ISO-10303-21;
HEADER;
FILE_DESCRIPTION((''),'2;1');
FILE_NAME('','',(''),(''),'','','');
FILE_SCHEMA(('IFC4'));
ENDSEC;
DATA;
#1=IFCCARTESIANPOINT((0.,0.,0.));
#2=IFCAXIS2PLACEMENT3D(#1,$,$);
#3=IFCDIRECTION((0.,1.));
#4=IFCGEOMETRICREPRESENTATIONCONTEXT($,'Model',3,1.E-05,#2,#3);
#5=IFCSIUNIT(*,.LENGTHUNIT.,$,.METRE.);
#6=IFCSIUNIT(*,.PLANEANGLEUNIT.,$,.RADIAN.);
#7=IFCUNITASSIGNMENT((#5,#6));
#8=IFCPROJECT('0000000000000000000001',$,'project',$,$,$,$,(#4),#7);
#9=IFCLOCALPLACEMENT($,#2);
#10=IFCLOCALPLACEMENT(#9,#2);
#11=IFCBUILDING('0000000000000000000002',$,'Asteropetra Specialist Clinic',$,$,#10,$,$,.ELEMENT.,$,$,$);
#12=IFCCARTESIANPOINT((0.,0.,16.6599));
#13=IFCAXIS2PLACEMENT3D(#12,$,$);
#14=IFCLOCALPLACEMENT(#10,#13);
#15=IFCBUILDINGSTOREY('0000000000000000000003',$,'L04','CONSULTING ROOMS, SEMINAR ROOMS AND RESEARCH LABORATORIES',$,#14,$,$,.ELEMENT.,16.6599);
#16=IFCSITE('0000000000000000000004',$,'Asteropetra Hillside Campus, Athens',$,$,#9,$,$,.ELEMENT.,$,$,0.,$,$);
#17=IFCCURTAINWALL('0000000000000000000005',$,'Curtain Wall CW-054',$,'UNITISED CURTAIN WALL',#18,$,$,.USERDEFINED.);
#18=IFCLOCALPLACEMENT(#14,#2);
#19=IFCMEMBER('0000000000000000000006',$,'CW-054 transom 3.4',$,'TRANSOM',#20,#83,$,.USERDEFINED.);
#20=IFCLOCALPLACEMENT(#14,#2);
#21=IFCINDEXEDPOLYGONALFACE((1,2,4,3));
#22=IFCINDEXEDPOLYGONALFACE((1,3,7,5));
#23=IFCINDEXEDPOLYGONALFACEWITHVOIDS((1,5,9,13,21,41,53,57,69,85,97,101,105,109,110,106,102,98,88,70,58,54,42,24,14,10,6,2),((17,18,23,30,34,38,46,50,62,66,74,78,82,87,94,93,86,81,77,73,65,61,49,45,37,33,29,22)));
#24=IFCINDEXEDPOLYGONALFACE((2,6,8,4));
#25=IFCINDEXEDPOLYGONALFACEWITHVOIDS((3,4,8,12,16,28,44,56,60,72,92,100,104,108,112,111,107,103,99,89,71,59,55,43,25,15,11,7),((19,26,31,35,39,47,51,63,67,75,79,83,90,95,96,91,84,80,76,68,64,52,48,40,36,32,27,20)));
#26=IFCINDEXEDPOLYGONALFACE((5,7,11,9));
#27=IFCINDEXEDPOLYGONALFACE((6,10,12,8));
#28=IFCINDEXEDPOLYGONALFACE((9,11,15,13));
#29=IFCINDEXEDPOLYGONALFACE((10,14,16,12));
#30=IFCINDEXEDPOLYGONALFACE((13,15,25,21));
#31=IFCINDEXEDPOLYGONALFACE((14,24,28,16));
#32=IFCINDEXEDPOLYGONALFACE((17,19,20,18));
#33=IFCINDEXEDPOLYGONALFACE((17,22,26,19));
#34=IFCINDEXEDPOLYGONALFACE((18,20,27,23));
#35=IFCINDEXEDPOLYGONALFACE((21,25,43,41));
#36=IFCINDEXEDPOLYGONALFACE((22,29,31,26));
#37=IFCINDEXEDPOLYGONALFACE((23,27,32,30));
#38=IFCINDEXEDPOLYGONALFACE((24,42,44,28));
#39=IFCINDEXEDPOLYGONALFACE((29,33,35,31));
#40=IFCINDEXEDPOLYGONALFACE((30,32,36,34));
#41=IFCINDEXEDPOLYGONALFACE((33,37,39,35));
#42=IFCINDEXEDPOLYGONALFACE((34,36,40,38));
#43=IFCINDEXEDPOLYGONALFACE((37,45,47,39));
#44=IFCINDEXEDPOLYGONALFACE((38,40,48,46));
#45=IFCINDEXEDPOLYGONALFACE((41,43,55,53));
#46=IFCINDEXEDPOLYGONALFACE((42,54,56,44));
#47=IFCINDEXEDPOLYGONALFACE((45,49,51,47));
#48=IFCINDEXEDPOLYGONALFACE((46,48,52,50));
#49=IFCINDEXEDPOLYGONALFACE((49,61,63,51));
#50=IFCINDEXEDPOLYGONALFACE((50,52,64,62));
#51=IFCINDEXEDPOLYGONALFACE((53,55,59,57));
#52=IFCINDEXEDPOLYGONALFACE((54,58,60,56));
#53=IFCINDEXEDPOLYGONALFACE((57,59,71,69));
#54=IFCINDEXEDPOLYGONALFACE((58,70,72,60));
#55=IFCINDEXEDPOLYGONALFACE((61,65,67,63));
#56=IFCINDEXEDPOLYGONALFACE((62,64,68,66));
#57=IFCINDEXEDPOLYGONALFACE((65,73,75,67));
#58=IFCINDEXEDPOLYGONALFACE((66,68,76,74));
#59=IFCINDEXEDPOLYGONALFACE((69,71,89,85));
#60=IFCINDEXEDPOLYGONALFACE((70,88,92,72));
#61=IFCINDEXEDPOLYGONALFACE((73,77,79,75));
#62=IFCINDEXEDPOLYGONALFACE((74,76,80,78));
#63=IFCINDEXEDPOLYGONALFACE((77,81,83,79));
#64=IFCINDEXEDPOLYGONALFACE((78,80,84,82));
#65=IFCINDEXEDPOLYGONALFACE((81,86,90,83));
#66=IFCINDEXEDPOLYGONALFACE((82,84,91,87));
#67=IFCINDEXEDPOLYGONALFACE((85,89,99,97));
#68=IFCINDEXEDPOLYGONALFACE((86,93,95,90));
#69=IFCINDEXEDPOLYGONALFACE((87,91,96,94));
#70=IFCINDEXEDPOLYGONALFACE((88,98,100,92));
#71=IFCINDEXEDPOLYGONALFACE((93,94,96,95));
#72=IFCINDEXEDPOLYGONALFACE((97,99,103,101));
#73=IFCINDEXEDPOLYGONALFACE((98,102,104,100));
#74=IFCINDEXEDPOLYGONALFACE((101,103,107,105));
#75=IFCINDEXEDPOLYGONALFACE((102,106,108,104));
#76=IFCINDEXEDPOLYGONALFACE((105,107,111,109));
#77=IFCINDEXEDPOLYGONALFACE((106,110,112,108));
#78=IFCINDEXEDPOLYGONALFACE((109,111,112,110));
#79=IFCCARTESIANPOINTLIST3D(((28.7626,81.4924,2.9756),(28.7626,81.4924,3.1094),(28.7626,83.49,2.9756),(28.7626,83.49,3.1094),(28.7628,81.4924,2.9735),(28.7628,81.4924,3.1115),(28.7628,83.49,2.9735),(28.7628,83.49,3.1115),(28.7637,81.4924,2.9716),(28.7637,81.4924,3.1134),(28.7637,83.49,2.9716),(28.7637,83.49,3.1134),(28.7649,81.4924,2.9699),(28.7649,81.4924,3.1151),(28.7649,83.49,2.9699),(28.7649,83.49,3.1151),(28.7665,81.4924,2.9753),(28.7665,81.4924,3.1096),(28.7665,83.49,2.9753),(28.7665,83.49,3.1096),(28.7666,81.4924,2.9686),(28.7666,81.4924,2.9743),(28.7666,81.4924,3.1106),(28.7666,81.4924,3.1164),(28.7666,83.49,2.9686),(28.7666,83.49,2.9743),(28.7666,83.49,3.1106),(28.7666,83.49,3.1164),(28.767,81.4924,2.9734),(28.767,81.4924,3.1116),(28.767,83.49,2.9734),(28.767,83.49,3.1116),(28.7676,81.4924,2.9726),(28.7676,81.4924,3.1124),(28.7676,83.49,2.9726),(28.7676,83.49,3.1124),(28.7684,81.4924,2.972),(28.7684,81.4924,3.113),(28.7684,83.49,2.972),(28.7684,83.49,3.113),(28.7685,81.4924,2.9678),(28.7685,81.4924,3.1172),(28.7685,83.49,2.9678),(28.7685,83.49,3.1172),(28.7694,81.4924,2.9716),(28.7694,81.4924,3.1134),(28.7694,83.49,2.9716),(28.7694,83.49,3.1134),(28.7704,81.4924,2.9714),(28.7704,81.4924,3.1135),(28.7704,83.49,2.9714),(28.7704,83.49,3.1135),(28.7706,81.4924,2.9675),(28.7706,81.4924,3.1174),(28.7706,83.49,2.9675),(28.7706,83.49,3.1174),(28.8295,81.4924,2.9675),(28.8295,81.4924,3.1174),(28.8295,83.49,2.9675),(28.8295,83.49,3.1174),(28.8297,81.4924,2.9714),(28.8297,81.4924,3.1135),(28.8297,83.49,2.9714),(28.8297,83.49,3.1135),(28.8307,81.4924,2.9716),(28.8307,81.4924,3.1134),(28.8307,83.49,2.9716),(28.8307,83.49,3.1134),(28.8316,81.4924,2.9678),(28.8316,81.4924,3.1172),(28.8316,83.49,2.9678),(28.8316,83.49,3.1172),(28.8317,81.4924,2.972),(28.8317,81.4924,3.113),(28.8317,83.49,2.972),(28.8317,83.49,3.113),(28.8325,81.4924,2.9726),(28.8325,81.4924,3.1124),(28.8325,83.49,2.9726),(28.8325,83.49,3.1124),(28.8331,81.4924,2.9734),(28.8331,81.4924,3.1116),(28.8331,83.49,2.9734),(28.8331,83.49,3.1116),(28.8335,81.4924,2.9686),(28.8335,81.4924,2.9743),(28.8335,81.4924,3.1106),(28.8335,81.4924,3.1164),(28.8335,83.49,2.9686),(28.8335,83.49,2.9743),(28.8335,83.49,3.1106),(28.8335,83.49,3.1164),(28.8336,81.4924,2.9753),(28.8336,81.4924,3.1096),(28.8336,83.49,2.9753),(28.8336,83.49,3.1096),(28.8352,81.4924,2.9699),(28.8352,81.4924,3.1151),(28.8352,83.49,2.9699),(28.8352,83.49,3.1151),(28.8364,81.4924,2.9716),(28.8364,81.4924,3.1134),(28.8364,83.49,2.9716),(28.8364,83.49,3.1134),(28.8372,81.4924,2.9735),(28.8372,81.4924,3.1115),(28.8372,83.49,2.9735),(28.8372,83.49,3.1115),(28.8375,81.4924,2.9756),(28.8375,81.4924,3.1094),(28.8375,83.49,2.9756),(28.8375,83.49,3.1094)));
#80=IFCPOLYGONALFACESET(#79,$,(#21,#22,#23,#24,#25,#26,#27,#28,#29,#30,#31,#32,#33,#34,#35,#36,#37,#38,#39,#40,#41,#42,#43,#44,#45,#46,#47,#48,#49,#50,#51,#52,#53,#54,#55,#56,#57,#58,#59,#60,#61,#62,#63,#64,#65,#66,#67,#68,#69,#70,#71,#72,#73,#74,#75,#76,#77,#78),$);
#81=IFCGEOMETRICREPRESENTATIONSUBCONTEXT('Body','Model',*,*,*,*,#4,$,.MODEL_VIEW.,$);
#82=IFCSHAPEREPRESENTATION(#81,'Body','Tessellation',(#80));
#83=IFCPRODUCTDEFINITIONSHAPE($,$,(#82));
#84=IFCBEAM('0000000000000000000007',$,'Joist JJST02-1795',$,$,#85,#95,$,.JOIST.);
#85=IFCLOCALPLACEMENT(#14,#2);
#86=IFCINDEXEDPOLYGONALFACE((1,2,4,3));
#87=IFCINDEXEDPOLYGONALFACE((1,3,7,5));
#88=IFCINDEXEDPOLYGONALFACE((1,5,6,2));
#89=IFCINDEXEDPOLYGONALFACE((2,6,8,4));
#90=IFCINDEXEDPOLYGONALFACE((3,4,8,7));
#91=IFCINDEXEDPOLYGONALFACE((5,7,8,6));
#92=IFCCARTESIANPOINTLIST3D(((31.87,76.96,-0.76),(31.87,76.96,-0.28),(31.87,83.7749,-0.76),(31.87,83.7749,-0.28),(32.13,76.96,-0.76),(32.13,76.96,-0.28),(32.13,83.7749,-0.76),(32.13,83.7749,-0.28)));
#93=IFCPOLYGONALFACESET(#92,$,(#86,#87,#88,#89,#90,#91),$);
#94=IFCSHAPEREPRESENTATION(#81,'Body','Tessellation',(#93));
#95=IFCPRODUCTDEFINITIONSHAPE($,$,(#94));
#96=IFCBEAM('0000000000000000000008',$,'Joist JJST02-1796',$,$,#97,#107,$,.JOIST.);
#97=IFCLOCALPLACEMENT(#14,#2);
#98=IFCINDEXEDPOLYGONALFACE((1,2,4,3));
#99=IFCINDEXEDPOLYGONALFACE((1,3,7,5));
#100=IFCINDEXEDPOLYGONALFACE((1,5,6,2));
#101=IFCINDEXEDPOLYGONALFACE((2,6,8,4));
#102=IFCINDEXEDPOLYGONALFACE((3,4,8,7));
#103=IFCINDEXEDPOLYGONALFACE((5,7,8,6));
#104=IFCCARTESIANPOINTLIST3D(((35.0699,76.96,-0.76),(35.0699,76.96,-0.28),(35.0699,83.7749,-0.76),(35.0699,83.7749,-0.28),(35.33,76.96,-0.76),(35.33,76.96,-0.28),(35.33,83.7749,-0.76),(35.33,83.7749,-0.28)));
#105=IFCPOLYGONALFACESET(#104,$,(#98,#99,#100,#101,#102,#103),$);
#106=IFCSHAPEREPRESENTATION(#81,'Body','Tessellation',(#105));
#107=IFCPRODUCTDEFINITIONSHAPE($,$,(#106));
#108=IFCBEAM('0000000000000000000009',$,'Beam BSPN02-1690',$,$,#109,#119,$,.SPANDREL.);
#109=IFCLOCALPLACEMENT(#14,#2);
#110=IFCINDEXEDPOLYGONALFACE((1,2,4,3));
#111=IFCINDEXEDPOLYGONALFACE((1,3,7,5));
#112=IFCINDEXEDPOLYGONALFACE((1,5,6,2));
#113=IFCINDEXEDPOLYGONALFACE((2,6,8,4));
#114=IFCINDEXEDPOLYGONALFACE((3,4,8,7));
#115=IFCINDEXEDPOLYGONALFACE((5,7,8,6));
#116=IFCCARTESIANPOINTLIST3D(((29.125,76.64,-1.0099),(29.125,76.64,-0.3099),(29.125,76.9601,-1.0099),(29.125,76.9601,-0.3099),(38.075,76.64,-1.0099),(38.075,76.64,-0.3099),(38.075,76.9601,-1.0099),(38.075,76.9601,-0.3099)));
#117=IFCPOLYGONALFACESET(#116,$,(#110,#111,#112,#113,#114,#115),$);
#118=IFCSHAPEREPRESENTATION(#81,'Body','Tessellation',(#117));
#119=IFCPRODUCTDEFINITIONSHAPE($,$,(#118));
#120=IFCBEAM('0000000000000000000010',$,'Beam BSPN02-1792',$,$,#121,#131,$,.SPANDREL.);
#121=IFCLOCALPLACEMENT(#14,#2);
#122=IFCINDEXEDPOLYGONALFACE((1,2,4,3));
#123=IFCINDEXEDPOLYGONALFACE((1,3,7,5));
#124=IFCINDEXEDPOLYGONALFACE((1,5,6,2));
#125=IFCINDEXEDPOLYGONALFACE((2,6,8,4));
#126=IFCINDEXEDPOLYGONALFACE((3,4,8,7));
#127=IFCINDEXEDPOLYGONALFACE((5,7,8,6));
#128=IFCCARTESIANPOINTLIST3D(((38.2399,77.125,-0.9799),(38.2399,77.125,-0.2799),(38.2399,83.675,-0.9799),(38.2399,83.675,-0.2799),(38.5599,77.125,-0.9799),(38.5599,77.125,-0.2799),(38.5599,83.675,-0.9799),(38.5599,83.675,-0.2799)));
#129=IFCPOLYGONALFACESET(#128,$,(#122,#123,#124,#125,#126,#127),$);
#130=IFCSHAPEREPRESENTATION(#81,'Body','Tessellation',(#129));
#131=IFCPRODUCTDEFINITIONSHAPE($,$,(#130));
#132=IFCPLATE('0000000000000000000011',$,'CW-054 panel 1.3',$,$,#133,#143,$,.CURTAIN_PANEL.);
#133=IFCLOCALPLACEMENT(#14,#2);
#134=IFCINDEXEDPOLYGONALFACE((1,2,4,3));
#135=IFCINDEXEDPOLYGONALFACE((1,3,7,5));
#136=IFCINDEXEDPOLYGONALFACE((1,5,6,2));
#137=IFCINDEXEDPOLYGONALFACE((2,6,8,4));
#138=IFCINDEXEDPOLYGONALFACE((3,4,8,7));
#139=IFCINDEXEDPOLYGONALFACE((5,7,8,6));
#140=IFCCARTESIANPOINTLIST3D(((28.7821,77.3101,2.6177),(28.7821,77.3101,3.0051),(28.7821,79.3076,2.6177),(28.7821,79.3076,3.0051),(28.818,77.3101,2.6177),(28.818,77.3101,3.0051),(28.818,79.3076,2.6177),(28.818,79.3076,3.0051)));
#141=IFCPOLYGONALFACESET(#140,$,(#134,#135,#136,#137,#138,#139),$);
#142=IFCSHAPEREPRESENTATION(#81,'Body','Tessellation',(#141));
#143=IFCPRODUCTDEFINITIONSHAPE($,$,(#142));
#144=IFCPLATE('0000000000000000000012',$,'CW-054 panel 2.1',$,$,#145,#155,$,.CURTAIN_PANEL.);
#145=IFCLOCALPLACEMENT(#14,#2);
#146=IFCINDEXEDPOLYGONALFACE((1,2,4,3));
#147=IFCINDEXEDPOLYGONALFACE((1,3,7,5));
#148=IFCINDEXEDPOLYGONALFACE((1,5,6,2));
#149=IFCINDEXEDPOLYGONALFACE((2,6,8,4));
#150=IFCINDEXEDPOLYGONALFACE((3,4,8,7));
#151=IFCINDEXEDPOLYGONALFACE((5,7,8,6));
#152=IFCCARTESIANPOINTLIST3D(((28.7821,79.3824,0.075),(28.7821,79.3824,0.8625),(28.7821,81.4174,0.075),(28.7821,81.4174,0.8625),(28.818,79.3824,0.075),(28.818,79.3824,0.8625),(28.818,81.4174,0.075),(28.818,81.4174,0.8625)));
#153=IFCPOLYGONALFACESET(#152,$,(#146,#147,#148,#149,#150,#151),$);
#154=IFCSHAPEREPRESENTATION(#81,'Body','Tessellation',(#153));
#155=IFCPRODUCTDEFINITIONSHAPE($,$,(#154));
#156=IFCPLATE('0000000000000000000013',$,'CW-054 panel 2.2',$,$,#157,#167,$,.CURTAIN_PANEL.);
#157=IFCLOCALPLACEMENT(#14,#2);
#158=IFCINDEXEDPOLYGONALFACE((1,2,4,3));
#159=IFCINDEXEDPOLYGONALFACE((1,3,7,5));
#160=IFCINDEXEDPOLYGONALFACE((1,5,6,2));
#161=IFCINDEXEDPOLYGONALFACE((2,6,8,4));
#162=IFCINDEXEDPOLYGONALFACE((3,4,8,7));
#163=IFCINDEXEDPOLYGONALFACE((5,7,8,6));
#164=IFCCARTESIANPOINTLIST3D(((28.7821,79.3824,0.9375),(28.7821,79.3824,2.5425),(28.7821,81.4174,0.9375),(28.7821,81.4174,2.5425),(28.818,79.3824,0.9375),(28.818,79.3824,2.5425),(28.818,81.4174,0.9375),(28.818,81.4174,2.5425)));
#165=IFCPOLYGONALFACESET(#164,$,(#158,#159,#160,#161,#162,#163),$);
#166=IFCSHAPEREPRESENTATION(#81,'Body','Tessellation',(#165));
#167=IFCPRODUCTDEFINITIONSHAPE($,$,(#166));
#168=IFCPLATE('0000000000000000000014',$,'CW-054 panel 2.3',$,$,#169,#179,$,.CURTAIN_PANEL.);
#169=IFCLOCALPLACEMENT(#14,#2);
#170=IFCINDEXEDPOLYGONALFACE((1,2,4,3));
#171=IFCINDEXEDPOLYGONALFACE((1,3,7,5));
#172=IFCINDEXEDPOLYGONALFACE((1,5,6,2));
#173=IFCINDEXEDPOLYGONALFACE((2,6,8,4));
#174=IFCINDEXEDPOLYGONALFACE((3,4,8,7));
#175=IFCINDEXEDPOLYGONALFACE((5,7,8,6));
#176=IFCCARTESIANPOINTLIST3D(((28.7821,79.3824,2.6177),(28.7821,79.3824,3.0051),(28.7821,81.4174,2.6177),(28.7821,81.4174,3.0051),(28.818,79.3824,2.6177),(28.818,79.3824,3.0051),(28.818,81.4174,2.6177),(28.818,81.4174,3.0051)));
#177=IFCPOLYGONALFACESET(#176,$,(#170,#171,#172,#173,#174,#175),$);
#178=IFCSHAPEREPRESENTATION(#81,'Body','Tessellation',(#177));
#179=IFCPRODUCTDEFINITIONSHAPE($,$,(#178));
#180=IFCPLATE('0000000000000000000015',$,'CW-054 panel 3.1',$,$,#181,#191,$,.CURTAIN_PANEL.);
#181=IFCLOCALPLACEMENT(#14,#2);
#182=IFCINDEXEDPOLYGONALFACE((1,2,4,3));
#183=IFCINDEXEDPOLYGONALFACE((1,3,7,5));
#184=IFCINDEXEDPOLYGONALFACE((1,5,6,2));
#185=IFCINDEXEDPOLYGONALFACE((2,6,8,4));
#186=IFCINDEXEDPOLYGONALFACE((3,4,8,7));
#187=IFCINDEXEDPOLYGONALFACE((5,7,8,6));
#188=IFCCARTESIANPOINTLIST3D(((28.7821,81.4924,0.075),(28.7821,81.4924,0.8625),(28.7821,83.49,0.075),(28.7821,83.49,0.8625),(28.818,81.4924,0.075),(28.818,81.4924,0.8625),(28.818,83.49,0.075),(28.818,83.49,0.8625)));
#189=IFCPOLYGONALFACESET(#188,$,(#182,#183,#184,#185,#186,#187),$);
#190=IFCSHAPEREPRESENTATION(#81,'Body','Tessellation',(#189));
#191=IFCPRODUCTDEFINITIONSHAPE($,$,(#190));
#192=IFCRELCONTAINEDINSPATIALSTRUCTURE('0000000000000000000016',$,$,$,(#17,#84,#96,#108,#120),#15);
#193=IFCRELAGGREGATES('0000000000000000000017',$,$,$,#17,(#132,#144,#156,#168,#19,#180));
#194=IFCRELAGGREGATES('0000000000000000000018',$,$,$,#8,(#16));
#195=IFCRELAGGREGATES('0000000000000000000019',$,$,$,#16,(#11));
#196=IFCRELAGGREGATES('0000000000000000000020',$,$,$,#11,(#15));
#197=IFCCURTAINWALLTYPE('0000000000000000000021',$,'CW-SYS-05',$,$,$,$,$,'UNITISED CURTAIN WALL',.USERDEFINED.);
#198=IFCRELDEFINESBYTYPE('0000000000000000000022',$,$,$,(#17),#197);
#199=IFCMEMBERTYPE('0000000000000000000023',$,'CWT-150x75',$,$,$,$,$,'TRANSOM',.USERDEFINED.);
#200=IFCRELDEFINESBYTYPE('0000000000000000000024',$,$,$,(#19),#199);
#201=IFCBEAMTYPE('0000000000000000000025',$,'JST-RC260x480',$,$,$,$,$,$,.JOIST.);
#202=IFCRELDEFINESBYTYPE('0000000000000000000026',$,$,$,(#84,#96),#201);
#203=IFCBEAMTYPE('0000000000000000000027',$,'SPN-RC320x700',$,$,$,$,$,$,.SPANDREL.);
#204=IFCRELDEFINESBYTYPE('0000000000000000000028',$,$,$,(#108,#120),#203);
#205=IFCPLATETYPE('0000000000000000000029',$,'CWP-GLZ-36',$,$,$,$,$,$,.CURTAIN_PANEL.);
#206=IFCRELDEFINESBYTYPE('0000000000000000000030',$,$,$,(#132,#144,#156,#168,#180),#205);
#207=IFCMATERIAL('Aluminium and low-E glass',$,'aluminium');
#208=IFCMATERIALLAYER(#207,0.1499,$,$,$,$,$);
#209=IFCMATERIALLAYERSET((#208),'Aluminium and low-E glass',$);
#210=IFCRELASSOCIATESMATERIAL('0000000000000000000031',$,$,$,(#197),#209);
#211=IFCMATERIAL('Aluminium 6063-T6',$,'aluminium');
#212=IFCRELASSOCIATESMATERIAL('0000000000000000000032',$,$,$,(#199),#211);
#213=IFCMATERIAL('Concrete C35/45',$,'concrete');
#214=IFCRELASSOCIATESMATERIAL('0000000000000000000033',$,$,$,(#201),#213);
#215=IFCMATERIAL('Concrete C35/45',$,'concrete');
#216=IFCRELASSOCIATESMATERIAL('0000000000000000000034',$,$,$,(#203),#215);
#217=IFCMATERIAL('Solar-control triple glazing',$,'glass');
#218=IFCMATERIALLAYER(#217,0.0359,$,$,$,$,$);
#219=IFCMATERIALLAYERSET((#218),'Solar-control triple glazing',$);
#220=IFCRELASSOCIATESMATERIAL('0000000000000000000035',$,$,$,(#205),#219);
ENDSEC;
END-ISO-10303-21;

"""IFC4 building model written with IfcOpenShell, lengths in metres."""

from ifc_helpers import new_model, si_unit, direction, frame, origin, origin_2d, place, context, subcontext, project, spatial, rectangle, hollow_rectangle, extrude, material, layer, layer_set, material_profile, profile_set, type_object, element, aggregate, save


model = new_model("IFC4")

# Units and contexts
model_context = context("Model", 3, precision=1e-05, world=origin(), true_north=direction((0.0, 1.0)))
body_context = subcontext(model_context, "Body", "Model", "MODEL_VIEW")
ifc_project = project(units=[si_unit("LENGTHUNIT", "METRE"), si_unit("PLANEANGLEUNIT", "RADIAN")], contexts=[model_context])

# Site, building, storey
site_placement = place(None, origin())
site = spatial("IfcSite", under=ifc_project, at=site_placement, Name="Asteropetra Hillside Campus, Athens", CompositionType="ELEMENT", RefElevation=0.0)
building_placement = place(site_placement, origin())
building = spatial("IfcBuilding", under=site, at=building_placement, Name="Asteropetra Specialist Clinic", CompositionType="ELEMENT")
storey_placement = place(building_placement, frame((0.0, 0.0, 16.6599)))
storey = spatial("IfcBuildingStorey", under=building, at=storey_placement, Name="L04", Description="CONSULTING ROOMS, SEMINAR ROOMS AND RESEARCH LABORATORIES", CompositionType="ELEMENT", Elevation=16.6599)

# Curtain wall, member
ifc_material_1 = material(Name="Aluminium and low-E glass", Category="aluminium")
ifc_layer_1 = layer(ifc_material_1, 0.1499)
ifc_layer_set_1 = layer_set([ifc_layer_1], Name="Aluminium and low-E glass")
curtain_wall_type = type_object("IfcCurtainWallType", Name="CW-SYS-05", ElementType="UNITISED CURTAIN WALL", PredefinedType="USERDEFINED", material=ifc_layer_set_1)
curtain_wall_placement = place(storey_placement, origin())
curtain_wall = element("IfcCurtainWall", 1, at=curtain_wall_placement, inside=storey, type_object=curtain_wall_type, Name="Curtain Wall CW-054", ObjectType="UNITISED CURTAIN WALL", PredefinedType="USERDEFINED")
ifc_material_2 = material(Name="Aluminium 6063-T6", Category="aluminium")
ifc_material_profile_1 = material_profile(ifc_material_2, hollow_rectangle(XDim=0.075, YDim=0.1499, WallThickness=0.0039, InnerFilletRadius=0.0039, OuterFilletRadius=0.0081, at=origin_2d()), Name="TRN 150x75x4.0")
ifc_profile_set_1 = profile_set([ifc_material_profile_1], Name="Aluminium 6063-T6")
member_type_1 = type_object("IfcMemberType", Name="CWT-150x75", ElementType="TRANSOM", PredefinedType="USERDEFINED", material=ifc_profile_set_1)
member_1_placement = place(storey_placement, frame((28.8, 81.4924, 3.0425), z_axis=(0.0, 1.0, 0.0), x_axis=(-1.0, 0.0, 0.0)))
member_1 = element("IfcMember", 2, at=member_1_placement, type_object=member_type_1, Name="CW-054 transom 3.4", ObjectType="TRANSOM", PredefinedType="USERDEFINED", context=body_context, shape_type="SweptSolid", body=[
    extrude(hollow_rectangle(XDim=0.075, YDim=0.1499, WallThickness=0.0039, InnerFilletRadius=0.0039, OuterFilletRadius=0.0081, at=origin_2d()), origin(), (0.0, 0.0, 1.0), 1.9976),
])

# Beams
ifc_material_3 = material(Name="Concrete C35/45", Category="concrete")
ifc_material_profile_2 = material_profile(ifc_material_3, rectangle(XDim=0.26, YDim=0.48, at=origin_2d()), Name="RCJ 260x480")
ifc_profile_set_2 = profile_set([ifc_material_profile_2], Name="Concrete C35/45")
beam_type_1 = type_object("IfcBeamType", Name="JST-RC260x480", PredefinedType="JOIST", material=ifc_profile_set_2)
for number, where, z_axis, x_axis, name in (
    (3, (32.0, 76.96, -0.52), (0.0, 1.0, 0.0), (-1.0, 0.0, 0.0), "Joist JJST02-1795"),
    (4, (35.2, 76.96, -0.52), (0.0, 1.0, 0.0), (-1.0, 0.0, 0.0), "Joist JJST02-1796"),
):
    element("IfcBeam", number, at=place(storey_placement, frame(where, z_axis=z_axis, x_axis=x_axis)), inside=storey, type_object=beam_type_1, Name=name, PredefinedType="JOIST", context=body_context, shape_type="SweptSolid", body=[
        extrude(rectangle(XDim=0.26, YDim=0.48, at=origin_2d()), origin(), (0.0, 0.0, 1.0), 6.8149),
    ])
ifc_material_4 = material(Name="Concrete C35/45", Category="concrete")
ifc_material_profile_3 = material_profile(ifc_material_4, rectangle(XDim=0.3201, YDim=0.7, at=origin_2d()), Name="RCS 320x700")
ifc_profile_set_3 = profile_set([ifc_material_profile_3], Name="Concrete C35/45")
beam_type_2 = type_object("IfcBeamType", Name="SPN-RC320x700", PredefinedType="SPANDREL", material=ifc_profile_set_3)
beam_1_placement = place(storey_placement, frame((29.125, 76.8, -0.6599), z_axis=(1.0, 0.0, 0.0), x_axis=(0.0, 1.0, 0.0)))
element("IfcBeam", 5, at=beam_1_placement, inside=storey, type_object=beam_type_2, Name="Beam BSPN02-1690", PredefinedType="SPANDREL", context=body_context, shape_type="SweptSolid", body=[
    extrude(rectangle(XDim=0.3201, YDim=0.7, at=origin_2d()), origin(), (0.0, 0.0, 1.0), 8.95),
])
beam_2_placement = place(storey_placement, frame((38.3999, 77.125, -0.6299), z_axis=(0.0, 1.0, 0.0), x_axis=(-1.0, 0.0, 0.0)))
element("IfcBeam", 6, at=beam_2_placement, inside=storey, type_object=beam_type_2, Name="Beam BSPN02-1792", PredefinedType="SPANDREL", context=body_context, shape_type="SweptSolid", body=[
    extrude(rectangle(XDim=0.3201, YDim=0.7, at=origin_2d()), origin(), (0.0, 0.0, 1.0), 6.55),
])

# Plates
ifc_material_5 = material(Name="Solar-control triple glazing", Category="glass")
ifc_layer_2 = layer(ifc_material_5, 0.0359)
ifc_layer_set_2 = layer_set([ifc_layer_2], Name="Solar-control triple glazing")
plate_type = type_object("IfcPlateType", Name="CWP-GLZ-36", PredefinedType="CURTAIN_PANEL", material=ifc_layer_set_2)
plate_1_placement = place(storey_placement, frame((28.8, 78.3088, 2.6177), z_axis=(0.0, 0.0, 1.0), x_axis=(0.0, 1.0, 0.0)))
plate_1 = element("IfcPlate", 7, at=plate_1_placement, type_object=plate_type, Name="CW-054 panel 1.3", PredefinedType="CURTAIN_PANEL", context=body_context, shape_type="SweptSolid", body=[
    extrude(rectangle(XDim=1.9976, YDim=0.0359, at=origin_2d()), origin(), (0.0, 0.0, 1.0), 0.3875),
])
plate_2_placement = place(storey_placement, frame((28.8, 80.3999, 0.075), z_axis=(0.0, 0.0, 1.0), x_axis=(0.0, 1.0, 0.0)))
plate_2 = element("IfcPlate", 8, at=plate_2_placement, type_object=plate_type, Name="CW-054 panel 2.1", PredefinedType="CURTAIN_PANEL", context=body_context, shape_type="SweptSolid", body=[
    extrude(rectangle(XDim=2.0349, YDim=0.0359, at=origin_2d()), origin(), (0.0, 0.0, 1.0), 0.7876),
])
plate_3_placement = place(storey_placement, frame((28.8, 80.3999, 0.9375), z_axis=(0.0, 0.0, 1.0), x_axis=(0.0, 1.0, 0.0)))
plate_3 = element("IfcPlate", 9, at=plate_3_placement, type_object=plate_type, Name="CW-054 panel 2.2", PredefinedType="CURTAIN_PANEL", context=body_context, shape_type="SweptSolid", body=[
    extrude(rectangle(XDim=2.0349, YDim=0.0359, at=origin_2d()), origin(), (0.0, 0.0, 1.0), 1.605),
])
plate_4_placement = place(storey_placement, frame((28.8, 80.3999, 2.6177), z_axis=(0.0, 0.0, 1.0), x_axis=(0.0, 1.0, 0.0)))
plate_4 = element("IfcPlate", 10, at=plate_4_placement, type_object=plate_type, Name="CW-054 panel 2.3", PredefinedType="CURTAIN_PANEL", context=body_context, shape_type="SweptSolid", body=[
    extrude(rectangle(XDim=2.0349, YDim=0.0359, at=origin_2d()), origin(), (0.0, 0.0, 1.0), 0.3875),
])
plate_5_placement = place(storey_placement, frame((28.8, 82.4912, 0.075), z_axis=(0.0, 0.0, 1.0), x_axis=(0.0, 1.0, 0.0)))
plate_5 = element("IfcPlate", 11, at=plate_5_placement, type_object=plate_type, Name="CW-054 panel 3.1", PredefinedType="CURTAIN_PANEL", context=body_context, shape_type="SweptSolid", body=[
    extrude(rectangle(XDim=1.9976, YDim=0.0359, at=origin_2d()), origin(), (0.0, 0.0, 1.0), 0.7876),
])
aggregate(curtain_wall, [plate_1, plate_2, plate_3, plate_4, member_1, plate_5])

save(model, "model.ifc")
